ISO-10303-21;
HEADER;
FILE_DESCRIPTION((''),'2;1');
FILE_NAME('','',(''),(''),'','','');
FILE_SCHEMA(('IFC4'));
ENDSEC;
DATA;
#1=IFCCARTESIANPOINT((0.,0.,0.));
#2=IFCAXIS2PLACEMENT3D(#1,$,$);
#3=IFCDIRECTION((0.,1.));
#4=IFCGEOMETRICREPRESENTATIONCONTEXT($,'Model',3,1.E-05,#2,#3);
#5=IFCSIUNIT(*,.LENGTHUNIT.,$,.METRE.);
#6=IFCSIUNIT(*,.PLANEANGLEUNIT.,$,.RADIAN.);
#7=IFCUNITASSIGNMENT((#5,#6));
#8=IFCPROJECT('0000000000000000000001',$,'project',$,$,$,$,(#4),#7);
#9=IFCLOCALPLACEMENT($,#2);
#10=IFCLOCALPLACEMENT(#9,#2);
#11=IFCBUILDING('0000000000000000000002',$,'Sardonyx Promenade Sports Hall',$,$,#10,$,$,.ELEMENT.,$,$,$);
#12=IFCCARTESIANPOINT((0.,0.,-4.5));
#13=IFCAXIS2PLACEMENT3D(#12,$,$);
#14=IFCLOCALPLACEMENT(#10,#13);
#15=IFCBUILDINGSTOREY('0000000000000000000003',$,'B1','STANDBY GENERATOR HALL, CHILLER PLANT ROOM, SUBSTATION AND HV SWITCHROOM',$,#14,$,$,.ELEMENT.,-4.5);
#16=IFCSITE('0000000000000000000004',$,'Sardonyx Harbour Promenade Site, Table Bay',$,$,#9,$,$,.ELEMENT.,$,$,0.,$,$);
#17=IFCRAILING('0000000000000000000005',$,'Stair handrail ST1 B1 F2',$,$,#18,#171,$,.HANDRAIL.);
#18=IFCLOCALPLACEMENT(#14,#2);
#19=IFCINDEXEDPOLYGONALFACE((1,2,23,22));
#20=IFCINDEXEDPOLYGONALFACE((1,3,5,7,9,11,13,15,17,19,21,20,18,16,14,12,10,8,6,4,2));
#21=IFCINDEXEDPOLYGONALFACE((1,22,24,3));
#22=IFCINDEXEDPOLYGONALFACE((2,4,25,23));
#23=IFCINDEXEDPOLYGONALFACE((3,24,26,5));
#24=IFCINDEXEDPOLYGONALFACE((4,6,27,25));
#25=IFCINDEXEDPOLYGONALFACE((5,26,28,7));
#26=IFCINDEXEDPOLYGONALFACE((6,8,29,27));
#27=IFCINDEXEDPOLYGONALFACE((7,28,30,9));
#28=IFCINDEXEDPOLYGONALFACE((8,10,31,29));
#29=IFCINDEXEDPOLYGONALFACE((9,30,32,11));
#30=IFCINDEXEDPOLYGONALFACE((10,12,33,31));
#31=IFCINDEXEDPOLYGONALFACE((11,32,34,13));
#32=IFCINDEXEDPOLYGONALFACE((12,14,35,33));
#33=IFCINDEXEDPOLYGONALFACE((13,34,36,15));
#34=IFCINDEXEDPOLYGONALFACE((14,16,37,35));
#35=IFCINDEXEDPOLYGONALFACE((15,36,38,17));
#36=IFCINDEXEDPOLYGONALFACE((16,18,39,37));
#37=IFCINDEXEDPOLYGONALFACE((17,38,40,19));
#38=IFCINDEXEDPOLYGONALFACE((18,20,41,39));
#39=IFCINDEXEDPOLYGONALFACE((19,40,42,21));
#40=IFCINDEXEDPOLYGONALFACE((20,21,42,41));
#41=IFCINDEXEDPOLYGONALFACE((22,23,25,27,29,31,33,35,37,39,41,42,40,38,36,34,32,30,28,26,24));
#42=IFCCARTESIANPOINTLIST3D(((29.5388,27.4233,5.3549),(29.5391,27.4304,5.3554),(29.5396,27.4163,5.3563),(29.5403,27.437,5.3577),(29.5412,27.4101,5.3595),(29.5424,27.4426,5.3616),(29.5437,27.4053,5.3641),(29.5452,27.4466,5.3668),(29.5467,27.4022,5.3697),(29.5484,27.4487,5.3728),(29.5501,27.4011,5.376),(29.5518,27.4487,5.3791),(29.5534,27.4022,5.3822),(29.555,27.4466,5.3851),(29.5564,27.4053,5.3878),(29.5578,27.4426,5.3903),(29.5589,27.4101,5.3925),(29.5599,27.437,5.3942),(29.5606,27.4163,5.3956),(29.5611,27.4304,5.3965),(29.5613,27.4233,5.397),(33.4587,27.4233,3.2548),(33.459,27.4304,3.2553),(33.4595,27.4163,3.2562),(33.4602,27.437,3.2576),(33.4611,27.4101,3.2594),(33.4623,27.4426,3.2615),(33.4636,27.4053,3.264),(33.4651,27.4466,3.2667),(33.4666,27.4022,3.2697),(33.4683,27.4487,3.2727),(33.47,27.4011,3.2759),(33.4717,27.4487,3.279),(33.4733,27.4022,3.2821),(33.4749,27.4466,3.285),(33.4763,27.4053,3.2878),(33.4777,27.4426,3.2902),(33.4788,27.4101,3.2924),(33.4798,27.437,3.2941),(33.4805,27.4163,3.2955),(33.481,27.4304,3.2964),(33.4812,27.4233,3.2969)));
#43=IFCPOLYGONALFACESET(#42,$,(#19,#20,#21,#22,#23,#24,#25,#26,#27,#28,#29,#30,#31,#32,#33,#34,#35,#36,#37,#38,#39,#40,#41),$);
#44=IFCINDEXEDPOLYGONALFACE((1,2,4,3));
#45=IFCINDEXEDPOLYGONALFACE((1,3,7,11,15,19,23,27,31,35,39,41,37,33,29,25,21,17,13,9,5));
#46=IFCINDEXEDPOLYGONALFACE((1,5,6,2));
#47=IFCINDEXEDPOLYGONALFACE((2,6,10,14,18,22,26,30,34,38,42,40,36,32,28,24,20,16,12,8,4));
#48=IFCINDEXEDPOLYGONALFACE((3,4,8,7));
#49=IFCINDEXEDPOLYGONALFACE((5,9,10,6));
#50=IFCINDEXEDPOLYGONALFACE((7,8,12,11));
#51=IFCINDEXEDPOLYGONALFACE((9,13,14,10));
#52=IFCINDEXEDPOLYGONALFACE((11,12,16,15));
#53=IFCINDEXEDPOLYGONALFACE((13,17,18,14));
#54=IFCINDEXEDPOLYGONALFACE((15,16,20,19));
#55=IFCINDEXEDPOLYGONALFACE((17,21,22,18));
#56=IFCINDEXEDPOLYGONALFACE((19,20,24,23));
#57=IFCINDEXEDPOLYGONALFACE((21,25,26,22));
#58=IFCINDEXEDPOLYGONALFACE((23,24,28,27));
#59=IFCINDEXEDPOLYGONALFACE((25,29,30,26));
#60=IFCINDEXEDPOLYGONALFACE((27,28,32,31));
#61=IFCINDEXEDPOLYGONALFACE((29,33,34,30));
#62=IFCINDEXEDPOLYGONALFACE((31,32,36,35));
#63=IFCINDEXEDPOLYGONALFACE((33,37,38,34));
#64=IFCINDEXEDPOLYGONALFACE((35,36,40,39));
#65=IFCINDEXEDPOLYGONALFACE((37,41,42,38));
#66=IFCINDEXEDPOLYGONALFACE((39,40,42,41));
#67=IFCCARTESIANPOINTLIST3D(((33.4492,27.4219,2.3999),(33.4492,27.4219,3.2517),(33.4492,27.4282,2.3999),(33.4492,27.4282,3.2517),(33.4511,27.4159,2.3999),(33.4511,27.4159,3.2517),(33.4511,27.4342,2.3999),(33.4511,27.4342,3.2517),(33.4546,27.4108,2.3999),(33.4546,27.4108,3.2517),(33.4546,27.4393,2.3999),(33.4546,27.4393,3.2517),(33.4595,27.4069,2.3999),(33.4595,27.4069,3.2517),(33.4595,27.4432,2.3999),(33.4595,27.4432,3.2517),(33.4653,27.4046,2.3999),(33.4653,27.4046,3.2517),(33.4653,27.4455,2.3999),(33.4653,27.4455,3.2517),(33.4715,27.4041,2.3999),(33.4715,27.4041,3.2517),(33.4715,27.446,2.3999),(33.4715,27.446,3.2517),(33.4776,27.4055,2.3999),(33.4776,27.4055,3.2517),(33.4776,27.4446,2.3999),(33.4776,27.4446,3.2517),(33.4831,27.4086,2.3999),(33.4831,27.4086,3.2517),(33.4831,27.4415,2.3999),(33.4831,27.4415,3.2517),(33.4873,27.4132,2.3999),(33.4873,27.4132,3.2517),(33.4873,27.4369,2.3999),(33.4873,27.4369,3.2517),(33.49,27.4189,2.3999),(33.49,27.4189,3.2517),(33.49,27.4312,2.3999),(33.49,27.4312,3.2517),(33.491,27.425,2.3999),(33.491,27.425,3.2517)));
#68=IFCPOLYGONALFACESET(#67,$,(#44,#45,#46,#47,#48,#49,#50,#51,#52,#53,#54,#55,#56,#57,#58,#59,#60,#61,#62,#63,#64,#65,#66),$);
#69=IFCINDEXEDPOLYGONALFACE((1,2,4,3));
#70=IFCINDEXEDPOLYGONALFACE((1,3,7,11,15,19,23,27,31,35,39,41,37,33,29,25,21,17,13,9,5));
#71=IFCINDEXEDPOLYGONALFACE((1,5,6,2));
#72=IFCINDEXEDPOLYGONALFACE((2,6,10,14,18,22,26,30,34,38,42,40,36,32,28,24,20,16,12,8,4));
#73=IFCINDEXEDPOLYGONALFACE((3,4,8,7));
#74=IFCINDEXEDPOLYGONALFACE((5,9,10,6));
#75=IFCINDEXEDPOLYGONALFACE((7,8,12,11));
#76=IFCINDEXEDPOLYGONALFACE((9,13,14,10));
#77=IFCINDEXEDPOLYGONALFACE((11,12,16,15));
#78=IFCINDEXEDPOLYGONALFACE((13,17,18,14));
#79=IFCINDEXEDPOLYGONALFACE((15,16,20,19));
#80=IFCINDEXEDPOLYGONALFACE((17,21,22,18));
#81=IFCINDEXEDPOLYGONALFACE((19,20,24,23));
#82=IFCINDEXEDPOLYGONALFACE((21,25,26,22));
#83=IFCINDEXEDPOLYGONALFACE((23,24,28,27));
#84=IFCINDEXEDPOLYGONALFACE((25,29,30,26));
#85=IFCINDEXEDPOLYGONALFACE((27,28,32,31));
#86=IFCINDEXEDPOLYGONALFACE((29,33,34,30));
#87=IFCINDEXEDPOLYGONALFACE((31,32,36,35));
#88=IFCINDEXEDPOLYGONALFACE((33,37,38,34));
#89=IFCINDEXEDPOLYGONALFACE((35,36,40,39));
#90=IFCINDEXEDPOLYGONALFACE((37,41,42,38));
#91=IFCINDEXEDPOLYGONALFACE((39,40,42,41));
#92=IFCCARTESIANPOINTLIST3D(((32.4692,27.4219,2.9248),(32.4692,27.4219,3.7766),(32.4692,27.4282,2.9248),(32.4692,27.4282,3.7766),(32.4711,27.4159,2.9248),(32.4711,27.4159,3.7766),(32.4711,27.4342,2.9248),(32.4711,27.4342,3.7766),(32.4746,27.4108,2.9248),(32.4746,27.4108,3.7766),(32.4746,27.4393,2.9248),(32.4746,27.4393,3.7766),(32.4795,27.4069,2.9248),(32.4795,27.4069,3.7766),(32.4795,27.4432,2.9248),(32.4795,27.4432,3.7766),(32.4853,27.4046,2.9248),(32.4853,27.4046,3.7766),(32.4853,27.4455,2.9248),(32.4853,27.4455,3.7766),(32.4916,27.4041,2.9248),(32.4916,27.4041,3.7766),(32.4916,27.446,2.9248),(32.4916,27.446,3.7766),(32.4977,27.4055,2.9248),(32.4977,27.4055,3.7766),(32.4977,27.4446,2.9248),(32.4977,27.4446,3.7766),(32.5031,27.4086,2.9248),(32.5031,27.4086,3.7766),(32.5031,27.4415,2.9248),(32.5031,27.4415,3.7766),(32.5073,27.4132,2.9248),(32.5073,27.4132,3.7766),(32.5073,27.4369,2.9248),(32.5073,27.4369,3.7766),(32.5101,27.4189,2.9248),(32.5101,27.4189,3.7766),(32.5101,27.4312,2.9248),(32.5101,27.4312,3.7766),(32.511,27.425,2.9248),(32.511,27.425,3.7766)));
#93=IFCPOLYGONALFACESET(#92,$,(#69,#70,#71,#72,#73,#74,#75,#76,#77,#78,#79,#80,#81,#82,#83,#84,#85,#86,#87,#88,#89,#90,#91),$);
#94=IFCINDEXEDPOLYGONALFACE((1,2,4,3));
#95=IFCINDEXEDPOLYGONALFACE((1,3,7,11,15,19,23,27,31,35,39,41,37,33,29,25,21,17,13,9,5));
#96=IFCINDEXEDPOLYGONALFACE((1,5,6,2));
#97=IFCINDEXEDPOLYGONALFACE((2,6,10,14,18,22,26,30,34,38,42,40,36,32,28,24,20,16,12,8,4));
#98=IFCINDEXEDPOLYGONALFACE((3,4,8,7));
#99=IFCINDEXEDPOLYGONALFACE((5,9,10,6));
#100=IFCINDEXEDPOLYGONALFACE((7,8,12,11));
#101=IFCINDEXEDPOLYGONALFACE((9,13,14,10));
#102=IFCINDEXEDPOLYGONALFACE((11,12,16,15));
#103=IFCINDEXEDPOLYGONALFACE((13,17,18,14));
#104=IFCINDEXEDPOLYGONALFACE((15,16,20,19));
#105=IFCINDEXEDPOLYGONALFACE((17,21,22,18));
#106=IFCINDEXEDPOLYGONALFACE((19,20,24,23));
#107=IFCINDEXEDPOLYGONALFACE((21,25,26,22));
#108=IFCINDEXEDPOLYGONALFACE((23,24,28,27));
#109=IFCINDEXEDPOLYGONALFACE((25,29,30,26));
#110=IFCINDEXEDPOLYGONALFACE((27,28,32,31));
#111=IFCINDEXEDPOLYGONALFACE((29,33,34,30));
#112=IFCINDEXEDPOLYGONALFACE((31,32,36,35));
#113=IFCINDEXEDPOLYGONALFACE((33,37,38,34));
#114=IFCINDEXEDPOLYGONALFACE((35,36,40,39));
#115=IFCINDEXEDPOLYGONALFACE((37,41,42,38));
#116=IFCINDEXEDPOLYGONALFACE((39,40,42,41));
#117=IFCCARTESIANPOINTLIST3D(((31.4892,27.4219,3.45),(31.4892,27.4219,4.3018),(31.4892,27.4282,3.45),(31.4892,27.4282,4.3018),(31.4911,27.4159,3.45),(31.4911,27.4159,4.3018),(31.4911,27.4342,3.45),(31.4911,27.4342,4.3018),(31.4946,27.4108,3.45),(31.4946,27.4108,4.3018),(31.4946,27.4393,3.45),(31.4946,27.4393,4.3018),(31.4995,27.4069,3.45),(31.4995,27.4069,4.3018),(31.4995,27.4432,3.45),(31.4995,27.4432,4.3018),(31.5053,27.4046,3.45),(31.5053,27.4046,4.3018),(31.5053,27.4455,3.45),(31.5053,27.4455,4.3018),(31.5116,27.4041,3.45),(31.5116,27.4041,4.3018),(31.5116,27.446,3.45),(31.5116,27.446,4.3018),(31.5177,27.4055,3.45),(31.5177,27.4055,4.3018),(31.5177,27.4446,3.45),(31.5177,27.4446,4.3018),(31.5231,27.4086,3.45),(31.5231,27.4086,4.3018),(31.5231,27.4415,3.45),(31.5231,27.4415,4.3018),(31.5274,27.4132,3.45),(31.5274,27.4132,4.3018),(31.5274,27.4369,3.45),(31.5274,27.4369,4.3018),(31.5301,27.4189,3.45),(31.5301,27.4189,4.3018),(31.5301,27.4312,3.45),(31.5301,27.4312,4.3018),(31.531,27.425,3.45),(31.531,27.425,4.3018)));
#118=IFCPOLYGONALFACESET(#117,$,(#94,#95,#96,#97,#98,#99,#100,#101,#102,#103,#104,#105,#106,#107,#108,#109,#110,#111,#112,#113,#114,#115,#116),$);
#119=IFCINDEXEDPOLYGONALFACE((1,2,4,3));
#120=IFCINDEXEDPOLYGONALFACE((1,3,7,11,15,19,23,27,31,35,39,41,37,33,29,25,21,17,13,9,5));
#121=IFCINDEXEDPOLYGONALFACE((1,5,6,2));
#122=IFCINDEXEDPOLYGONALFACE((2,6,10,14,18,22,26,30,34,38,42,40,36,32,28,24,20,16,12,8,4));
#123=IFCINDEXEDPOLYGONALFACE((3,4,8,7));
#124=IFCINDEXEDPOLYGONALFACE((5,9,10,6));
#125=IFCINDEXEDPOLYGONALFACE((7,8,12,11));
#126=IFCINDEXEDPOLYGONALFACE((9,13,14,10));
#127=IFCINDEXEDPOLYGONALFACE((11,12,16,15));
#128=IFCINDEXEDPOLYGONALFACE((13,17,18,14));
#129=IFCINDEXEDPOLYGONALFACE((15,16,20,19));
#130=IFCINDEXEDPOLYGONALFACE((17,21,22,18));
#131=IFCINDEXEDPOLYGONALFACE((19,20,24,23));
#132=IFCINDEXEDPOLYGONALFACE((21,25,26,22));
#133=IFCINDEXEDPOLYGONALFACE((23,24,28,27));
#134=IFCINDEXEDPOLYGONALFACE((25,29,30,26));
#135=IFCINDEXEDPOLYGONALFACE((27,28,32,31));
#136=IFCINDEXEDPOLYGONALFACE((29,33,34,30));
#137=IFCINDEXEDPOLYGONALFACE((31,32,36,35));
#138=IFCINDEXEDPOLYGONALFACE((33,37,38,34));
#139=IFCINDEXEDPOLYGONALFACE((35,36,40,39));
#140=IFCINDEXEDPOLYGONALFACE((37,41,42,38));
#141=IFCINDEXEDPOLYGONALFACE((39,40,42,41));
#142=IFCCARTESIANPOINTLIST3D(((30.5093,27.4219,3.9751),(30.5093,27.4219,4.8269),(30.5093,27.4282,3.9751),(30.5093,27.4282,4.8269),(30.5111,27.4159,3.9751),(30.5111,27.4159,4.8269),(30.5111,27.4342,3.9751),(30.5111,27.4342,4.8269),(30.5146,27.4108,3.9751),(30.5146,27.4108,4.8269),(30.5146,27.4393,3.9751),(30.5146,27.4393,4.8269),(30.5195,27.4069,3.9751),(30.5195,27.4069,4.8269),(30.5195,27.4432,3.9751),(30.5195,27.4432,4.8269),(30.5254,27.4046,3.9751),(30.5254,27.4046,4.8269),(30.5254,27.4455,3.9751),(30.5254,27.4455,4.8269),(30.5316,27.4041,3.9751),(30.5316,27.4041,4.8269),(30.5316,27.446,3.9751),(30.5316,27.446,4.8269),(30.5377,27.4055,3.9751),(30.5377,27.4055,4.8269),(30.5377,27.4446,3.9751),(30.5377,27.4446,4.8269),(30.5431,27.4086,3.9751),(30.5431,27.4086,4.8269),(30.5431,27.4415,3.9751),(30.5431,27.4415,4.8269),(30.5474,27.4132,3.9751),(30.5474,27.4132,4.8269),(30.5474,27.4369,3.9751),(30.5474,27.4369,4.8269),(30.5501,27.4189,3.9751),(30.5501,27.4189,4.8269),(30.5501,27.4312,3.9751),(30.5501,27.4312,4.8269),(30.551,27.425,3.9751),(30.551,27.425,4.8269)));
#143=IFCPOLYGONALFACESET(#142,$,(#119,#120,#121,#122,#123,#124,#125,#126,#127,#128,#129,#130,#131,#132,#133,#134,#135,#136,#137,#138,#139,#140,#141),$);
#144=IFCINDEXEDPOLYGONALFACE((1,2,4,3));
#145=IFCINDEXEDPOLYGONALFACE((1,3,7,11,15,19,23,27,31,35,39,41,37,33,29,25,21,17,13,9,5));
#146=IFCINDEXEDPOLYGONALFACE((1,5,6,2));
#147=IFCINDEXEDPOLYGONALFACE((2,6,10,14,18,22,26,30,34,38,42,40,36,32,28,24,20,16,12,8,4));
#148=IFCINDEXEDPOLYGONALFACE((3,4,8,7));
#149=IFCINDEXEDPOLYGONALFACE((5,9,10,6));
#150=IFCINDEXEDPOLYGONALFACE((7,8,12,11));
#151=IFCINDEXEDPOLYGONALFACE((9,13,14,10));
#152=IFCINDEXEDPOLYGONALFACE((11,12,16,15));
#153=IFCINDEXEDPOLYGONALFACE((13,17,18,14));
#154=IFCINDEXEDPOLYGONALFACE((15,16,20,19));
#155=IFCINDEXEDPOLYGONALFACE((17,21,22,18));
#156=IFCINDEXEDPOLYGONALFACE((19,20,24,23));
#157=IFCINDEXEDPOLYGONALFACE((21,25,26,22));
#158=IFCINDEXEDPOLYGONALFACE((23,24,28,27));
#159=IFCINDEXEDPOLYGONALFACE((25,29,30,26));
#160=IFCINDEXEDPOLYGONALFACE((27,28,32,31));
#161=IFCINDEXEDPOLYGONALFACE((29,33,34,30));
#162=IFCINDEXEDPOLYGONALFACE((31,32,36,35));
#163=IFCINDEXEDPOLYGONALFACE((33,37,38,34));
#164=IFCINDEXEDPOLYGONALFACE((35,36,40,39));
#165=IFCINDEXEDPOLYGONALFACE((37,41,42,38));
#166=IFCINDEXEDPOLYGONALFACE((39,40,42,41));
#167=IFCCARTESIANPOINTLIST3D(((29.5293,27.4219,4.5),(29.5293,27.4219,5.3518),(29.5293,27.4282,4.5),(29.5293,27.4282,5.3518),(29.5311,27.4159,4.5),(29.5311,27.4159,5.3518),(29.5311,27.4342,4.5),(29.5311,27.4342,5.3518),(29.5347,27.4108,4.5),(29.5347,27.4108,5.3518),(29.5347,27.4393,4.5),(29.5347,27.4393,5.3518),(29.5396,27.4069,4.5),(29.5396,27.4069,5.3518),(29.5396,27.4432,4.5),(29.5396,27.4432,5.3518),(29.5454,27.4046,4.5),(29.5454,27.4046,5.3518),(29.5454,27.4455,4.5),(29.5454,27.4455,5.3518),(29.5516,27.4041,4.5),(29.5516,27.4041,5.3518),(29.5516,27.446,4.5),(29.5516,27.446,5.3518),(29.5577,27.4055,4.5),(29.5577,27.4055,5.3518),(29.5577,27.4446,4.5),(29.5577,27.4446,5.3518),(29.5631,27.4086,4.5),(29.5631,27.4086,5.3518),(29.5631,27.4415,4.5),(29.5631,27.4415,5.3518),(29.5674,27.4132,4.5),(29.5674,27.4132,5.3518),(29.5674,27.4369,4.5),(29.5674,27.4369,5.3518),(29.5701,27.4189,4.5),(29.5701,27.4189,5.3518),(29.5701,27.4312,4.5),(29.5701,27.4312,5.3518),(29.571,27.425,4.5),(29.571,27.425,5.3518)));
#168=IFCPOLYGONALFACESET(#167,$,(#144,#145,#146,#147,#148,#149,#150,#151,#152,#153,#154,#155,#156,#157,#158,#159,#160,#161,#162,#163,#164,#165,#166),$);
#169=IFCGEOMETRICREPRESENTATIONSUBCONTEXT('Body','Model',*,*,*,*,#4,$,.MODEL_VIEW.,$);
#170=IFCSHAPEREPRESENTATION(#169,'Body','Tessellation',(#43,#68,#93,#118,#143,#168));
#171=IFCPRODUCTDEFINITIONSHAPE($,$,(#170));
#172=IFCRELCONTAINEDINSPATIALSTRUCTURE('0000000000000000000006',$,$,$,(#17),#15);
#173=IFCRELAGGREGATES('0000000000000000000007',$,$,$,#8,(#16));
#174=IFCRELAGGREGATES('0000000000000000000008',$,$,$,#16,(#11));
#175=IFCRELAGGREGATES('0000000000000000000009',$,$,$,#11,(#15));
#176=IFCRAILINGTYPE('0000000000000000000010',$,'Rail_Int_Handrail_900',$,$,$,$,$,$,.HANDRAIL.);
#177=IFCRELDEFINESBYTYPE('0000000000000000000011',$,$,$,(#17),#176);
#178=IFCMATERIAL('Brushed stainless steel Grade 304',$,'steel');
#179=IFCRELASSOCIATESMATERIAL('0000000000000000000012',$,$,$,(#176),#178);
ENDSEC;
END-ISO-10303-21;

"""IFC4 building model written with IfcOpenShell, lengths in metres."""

from ifc_helpers import new_model, si_unit, direction, frame, origin, origin_2d, place, context, subcontext, project, spatial, circle, extrude, material, type_object, element, save


model = new_model("IFC4")

# Units and contexts
model_context = context("Model", 3, precision=1e-05, world=origin(), true_north=direction((0.0, 1.0)))
body_context = subcontext(model_context, "Body", "Model", "MODEL_VIEW")
ifc_project = project(units=[si_unit("LENGTHUNIT", "METRE"), si_unit("PLANEANGLEUNIT", "RADIAN")], contexts=[model_context])

# Site, building, storey
site_placement = place(None, origin())
site = spatial("IfcSite", under=ifc_project, at=site_placement, Name="Sardonyx Harbour Promenade Site, Table Bay", CompositionType="ELEMENT", RefElevation=0.0)
building_placement = place(site_placement, origin())
building = spatial("IfcBuilding", under=site, at=building_placement, Name="Sardonyx Promenade Sports Hall", CompositionType="ELEMENT")
storey_placement = place(building_placement, frame((0.0, 0.0, -4.5)))
storey = spatial("IfcBuildingStorey", under=building, at=storey_placement, Name="B1", Description="STANDBY GENERATOR HALL, CHILLER PLANT ROOM, SUBSTATION AND HV SWITCHROOM", CompositionType="ELEMENT", Elevation=-4.5)

# Railing
ifc_material_1 = material(Name="Brushed stainless steel Grade 304", Category="steel")
railing_type = type_object("IfcRailingType", Name="Rail_Int_Handrail_900", PredefinedType="HANDRAIL", material=ifc_material_1)
railing_placement = place(storey_placement, frame((33.47, 27.425, 2.3999)))
element("IfcRailing", 1, at=railing_placement, inside=storey, type_object=railing_type, Name="Stair handrail ST1 B1 F2", PredefinedType="HANDRAIL", context=body_context, shape_type="SweptSolid", body=[
    extrude(circle(Radius=0.0239, at=origin_2d()), frame((0.0, 0.0, 0.876), z_axis=(-0.881467, 0.0, 0.472246), x_axis=(0.0, -1.0, 0.0)), (0.0, 0.0, 1.0), 4.447),
    extrude(circle(Radius=0.021, at=origin_2d()), origin(), (0.0, 0.0, 1.0), 0.8518),
    extrude(circle(Radius=0.021, at=origin_2d()), frame((-0.98, 0.0, 0.5249)), (0.0, 0.0, 1.0), 0.8518),
    extrude(circle(Radius=0.021, at=origin_2d()), frame((-1.96, 0.0, 1.05)), (0.0, 0.0, 1.0), 0.8518),
    extrude(circle(Radius=0.021, at=origin_2d()), frame((-2.9399, 0.0, 1.5752)), (0.0, 0.0, 1.0), 0.8518),
    extrude(circle(Radius=0.021, at=origin_2d()), frame((-3.9199, 0.0, 2.1001)), (0.0, 0.0, 1.0), 0.8518),
])

save(model, "model.ifc")
